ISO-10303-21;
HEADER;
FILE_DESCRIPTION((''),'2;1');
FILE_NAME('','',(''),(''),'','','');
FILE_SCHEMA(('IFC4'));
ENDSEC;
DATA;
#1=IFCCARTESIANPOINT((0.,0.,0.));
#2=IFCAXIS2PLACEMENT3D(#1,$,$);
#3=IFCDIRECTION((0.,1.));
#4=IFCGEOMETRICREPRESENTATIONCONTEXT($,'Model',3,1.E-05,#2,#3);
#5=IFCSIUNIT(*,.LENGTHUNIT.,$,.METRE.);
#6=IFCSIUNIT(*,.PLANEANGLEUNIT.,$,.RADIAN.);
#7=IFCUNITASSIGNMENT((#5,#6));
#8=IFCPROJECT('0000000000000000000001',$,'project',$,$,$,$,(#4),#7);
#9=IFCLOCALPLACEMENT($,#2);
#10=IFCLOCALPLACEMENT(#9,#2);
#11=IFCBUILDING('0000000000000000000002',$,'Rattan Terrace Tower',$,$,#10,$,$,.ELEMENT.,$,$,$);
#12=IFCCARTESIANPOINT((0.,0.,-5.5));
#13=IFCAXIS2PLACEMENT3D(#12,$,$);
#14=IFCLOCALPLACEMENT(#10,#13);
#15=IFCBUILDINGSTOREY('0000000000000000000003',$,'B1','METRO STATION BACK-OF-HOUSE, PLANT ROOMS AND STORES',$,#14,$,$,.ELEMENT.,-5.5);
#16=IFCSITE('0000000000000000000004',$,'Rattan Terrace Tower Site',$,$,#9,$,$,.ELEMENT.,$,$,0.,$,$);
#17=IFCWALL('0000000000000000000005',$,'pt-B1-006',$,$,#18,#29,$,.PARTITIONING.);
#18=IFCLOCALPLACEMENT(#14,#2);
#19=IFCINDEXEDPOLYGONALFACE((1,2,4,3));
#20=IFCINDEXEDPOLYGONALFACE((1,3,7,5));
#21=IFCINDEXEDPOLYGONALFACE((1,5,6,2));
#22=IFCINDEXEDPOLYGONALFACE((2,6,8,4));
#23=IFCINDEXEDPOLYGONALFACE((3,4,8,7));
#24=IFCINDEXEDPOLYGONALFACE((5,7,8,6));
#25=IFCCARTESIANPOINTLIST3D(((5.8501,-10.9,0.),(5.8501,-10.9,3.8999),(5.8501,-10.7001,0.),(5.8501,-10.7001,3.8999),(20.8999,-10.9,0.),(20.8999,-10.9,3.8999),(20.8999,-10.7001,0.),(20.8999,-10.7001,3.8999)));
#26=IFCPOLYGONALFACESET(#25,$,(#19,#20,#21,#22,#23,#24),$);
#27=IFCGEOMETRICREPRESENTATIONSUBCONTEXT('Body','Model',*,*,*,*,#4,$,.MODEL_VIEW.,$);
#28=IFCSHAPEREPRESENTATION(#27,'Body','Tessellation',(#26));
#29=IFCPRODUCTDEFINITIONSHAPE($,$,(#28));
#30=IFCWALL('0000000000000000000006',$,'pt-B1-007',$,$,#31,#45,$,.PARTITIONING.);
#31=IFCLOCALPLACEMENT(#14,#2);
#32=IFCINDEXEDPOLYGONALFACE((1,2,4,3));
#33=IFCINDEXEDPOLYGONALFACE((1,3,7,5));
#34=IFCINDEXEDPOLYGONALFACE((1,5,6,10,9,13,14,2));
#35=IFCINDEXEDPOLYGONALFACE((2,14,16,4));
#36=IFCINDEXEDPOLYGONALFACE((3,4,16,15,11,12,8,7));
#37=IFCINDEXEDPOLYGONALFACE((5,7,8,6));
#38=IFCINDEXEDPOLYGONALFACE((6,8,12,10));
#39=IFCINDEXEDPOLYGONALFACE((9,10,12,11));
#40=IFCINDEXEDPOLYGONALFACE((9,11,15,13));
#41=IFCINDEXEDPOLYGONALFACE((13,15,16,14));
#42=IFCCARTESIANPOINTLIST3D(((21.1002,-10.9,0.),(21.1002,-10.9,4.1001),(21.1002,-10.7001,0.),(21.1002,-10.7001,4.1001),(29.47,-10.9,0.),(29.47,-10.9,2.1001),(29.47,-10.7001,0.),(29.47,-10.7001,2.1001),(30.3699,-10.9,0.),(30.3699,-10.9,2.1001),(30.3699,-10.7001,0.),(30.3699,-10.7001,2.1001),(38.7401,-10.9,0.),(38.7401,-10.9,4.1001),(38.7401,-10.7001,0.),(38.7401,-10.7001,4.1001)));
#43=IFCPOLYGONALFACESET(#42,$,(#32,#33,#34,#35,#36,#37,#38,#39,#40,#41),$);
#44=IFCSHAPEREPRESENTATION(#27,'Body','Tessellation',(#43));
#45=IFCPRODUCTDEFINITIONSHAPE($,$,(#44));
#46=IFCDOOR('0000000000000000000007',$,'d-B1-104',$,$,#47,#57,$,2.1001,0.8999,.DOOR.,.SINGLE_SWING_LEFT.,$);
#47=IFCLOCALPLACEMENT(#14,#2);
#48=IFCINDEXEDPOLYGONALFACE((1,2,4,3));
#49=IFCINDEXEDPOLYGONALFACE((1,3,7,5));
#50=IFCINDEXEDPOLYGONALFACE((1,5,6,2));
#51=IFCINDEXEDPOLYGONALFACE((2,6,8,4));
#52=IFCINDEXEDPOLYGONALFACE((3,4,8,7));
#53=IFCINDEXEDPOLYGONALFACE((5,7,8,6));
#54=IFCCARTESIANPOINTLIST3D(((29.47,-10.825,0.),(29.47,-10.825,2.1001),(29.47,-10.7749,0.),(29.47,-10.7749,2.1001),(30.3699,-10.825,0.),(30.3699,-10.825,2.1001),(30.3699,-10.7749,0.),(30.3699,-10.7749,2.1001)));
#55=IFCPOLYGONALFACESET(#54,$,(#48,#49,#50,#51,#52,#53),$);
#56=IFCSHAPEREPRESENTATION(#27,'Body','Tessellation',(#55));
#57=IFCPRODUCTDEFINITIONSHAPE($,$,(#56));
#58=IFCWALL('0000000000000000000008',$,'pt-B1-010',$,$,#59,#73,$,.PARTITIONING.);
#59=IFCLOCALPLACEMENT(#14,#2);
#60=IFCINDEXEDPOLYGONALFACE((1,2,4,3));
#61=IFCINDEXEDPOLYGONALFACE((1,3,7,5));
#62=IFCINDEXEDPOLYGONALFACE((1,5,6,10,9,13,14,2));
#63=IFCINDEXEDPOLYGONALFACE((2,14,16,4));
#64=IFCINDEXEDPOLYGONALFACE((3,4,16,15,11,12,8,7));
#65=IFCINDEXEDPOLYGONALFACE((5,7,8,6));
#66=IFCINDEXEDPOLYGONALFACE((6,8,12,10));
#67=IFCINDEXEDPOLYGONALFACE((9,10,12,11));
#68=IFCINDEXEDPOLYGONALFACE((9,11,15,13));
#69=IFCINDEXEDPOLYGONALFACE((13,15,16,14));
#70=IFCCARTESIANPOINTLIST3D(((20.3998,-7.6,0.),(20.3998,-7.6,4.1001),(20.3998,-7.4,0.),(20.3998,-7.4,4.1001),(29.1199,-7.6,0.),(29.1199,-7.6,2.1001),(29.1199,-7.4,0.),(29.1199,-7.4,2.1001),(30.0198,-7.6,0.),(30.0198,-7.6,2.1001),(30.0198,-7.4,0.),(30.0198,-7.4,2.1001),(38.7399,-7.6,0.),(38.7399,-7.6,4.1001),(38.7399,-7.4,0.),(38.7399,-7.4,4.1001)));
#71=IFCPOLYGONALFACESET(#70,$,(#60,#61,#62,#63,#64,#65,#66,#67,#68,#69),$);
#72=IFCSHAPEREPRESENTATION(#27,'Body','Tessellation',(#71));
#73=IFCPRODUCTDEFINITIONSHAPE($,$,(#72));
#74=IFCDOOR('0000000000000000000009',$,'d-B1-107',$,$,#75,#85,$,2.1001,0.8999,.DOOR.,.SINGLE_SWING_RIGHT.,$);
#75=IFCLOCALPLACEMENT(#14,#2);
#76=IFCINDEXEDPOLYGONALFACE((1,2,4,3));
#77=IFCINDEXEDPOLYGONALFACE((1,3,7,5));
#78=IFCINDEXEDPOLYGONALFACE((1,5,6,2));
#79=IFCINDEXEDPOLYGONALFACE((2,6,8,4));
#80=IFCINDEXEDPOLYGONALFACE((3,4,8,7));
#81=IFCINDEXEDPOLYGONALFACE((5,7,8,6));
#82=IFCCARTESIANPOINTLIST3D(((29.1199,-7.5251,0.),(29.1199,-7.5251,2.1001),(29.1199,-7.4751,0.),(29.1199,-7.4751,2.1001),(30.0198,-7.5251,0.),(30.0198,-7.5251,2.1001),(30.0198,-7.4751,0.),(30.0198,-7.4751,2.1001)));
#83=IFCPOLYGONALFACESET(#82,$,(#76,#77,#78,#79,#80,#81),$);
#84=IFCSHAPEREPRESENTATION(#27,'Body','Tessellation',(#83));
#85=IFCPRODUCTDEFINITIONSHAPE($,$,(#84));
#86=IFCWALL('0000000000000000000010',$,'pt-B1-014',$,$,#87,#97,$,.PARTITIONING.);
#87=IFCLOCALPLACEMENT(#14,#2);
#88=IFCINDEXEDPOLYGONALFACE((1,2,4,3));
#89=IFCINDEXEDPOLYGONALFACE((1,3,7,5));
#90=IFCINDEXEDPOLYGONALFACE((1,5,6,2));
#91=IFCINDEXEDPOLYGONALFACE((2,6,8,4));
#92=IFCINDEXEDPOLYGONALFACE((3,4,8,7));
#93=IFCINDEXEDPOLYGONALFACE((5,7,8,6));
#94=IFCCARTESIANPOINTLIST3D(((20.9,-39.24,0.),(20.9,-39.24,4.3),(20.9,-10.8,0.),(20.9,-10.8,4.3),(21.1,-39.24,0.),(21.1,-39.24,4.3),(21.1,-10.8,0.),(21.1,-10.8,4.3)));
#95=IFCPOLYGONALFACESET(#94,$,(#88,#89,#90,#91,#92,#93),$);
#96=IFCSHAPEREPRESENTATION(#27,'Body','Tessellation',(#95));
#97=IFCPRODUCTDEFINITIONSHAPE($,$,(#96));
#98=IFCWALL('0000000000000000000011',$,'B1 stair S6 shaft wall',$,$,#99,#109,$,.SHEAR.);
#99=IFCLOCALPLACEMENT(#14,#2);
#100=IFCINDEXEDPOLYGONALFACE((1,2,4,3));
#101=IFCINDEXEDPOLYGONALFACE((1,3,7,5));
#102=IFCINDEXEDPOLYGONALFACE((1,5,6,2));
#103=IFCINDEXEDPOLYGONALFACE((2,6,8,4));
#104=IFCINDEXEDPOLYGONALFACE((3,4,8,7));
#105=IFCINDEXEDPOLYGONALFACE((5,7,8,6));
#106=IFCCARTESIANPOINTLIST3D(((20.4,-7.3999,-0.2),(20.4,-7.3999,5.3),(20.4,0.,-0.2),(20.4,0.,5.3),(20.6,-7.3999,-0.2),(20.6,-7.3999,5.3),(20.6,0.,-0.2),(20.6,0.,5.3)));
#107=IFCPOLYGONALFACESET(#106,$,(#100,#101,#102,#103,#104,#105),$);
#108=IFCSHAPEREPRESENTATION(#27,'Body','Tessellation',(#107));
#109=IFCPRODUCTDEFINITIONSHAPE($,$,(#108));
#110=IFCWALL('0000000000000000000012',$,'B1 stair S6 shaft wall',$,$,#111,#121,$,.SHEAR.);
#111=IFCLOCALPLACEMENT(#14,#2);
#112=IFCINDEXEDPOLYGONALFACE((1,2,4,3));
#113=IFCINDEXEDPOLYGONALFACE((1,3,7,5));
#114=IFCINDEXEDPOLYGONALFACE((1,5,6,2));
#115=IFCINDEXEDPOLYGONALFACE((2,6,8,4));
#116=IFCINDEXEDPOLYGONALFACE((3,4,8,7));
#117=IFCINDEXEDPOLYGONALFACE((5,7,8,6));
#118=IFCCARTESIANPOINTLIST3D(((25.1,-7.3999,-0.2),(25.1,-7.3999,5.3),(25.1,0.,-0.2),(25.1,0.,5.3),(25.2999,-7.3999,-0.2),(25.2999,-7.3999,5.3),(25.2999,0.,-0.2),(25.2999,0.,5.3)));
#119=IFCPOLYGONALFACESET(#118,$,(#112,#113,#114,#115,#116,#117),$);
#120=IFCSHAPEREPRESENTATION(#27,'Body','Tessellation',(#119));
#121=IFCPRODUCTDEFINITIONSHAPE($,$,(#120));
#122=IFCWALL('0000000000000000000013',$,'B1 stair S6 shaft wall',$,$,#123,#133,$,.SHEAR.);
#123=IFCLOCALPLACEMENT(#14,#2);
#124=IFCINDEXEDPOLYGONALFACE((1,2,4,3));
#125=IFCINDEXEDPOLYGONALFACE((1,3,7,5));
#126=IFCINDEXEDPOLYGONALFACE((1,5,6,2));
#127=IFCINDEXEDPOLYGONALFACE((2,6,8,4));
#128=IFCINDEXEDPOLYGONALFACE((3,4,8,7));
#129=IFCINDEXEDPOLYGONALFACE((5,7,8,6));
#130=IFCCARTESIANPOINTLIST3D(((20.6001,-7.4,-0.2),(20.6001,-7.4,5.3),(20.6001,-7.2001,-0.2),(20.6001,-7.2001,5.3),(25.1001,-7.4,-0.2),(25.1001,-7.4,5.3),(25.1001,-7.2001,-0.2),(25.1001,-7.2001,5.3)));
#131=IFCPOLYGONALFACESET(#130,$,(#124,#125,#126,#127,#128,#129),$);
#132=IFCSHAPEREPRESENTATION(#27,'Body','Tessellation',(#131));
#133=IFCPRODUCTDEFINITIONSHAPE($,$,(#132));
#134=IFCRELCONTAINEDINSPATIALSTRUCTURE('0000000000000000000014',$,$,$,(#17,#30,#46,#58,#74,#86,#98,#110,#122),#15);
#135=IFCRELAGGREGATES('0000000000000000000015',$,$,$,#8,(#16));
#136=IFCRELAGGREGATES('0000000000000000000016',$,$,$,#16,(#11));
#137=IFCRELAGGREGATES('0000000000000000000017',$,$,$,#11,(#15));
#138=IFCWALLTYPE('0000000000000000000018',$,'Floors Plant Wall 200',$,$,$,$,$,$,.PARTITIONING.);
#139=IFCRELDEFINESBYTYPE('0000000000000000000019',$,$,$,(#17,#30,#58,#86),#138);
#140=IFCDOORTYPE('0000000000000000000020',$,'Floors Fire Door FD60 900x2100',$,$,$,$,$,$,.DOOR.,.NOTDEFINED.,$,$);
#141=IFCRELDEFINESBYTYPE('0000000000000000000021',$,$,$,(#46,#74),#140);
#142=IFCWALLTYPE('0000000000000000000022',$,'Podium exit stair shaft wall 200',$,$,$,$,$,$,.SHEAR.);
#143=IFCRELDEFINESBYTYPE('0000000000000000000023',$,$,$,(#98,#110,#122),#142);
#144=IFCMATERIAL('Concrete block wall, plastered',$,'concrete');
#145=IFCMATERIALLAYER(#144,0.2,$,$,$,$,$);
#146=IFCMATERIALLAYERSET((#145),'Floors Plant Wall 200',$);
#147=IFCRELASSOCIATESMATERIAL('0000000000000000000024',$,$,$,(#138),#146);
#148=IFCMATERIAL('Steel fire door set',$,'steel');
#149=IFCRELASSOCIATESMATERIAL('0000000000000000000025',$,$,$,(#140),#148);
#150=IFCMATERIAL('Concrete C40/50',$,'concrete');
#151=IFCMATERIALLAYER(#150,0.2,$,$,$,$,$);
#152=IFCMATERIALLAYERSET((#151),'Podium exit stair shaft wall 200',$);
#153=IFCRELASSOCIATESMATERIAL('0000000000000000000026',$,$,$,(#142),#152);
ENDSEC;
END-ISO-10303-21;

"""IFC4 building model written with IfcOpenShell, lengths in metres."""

from ifc_helpers import new_model, si_unit, direction, frame, frame_2d, origin, place, context, subcontext, project, spatial, rectangle, extrude, material, layer, layer_set, type_object, element, fill, save


model = new_model("IFC4")

# Units and contexts
model_context = context("Model", 3, precision=1e-05, world=origin(), true_north=direction((0.0, 1.0)))
body_context = subcontext(model_context, "Body", "Model", "MODEL_VIEW")
ifc_project = project(units=[si_unit("LENGTHUNIT", "METRE"), si_unit("PLANEANGLEUNIT", "RADIAN")], contexts=[model_context])

# Site, building, storey
site_placement = place(None, origin())
site = spatial("IfcSite", under=ifc_project, at=site_placement, Name="Rattan Terrace Tower Site", CompositionType="ELEMENT", RefElevation=0.0)
building_placement = place(site_placement, origin())
building = spatial("IfcBuilding", under=site, at=building_placement, Name="Rattan Terrace Tower", CompositionType="ELEMENT")
storey_placement = place(building_placement, frame((0.0, 0.0, -5.5)))
storey = spatial("IfcBuildingStorey", under=building, at=storey_placement, Name="B1", Description="METRO STATION BACK-OF-HOUSE, PLANT ROOMS AND STORES", CompositionType="ELEMENT", Elevation=-5.5)

# Wall
ifc_material_1 = material(Name="Concrete block wall, plastered", Category="concrete")
ifc_layer_1 = layer(ifc_material_1, 0.2)
ifc_layer_set_1 = layer_set([ifc_layer_1], Name="Floors Plant Wall 200")
wall_type_1 = type_object("IfcWallType", Name="Floors Plant Wall 200", PredefinedType="PARTITIONING", material=ifc_layer_set_1)
wall_1_placement = place(storey_placement, frame((20.8999, -10.8, 0.0), z_axis=(0.0, 0.0, 1.0), x_axis=(-1.0, 0.0, 0.0)))
element("IfcWall", 1, at=wall_1_placement, inside=storey, type_object=wall_type_1, Name="pt-B1-006", PredefinedType="PARTITIONING", context=body_context, shape_type="SweptSolid", body=[
    extrude(rectangle(XDim=15.0498, YDim=0.2, at=frame_2d((7.5249, 0.0))), origin(), (0.0, 0.0, 1.0), 3.8999),
])

# Walls, openings, doors
wall_2_placement = place(storey_placement, frame((38.74, -10.8, 0.0), z_axis=(0.0, 0.0, 1.0), x_axis=(-1.0, 0.0, 0.0)))
wall_2 = element("IfcWall", 2, at=wall_2_placement, inside=storey, type_object=wall_type_1, Name="pt-B1-007", PredefinedType="PARTITIONING", context=body_context, shape_type="SweptSolid", body=[
    extrude(rectangle(XDim=17.6399, YDim=0.2, at=frame_2d((8.8198, 0.0))), origin(), (0.0, 0.0, 1.0), 4.1001),
])
opening_1_placement = place(wall_2_placement, frame((8.3701, 0.0, 0.0)))
opening_1 = element("IfcOpeningElement", 3, at=opening_1_placement, cuts=wall_2, PredefinedType="OPENING", context=body_context, shape_type="SweptSolid", body=[
    extrude(rectangle(XDim=0.8999, YDim=2.1001, at=frame_2d((0.45, 1.05))), frame((0.0, 0.1106, 0.0), z_axis=(0.0, -1.0, 0.0), x_axis=(1.0, 0.0, 0.0)), (0.0, 0.0, 1.0), 0.2209),
])
ifc_material_2 = material(Name="Steel fire door set", Category="steel")
door_type = type_object("IfcDoorType", Name="Floors Fire Door FD60 900x2100", OperationType="NOTDEFINED", PredefinedType="DOOR", material=ifc_material_2)
door_1_placement = place(opening_1_placement, origin())
door_1 = element("IfcDoor", 4, at=door_1_placement, inside=storey, type_object=door_type, Name="d-B1-104", OperationType="SINGLE_SWING_LEFT", OverallHeight=2.1001, OverallWidth=0.8999, PredefinedType="DOOR", context=body_context, shape_type="SweptSolid", body=[
    extrude(rectangle(XDim=0.8999, YDim=2.1001, at=frame_2d((0.45, 1.05))), frame((0.0, 0.0249, 0.0), z_axis=(0.0, -1.0, 0.0), x_axis=(1.0, 0.0, 0.0)), (0.0, 0.0, 1.0), 0.05),
])
fill(opening_1, door_1)
wall_3_placement = place(storey_placement, frame((20.3999, -7.5, 0.0), z_axis=(0.0, 0.0, 1.0), x_axis=(1.0, 0.0, 0.0)))
wall_3 = element("IfcWall", 5, at=wall_3_placement, inside=storey, type_object=wall_type_1, Name="pt-B1-010", PredefinedType="PARTITIONING", context=body_context, shape_type="SweptSolid", body=[
    extrude(rectangle(XDim=18.3401, YDim=0.2, at=frame_2d((9.1699, 0.0))), origin(), (0.0, 0.0, 1.0), 4.1001),
])
opening_2_placement = place(wall_3_placement, frame((8.72, 0.0, 0.0)))
opening_2 = element("IfcOpeningElement", 6, at=opening_2_placement, cuts=wall_3, PredefinedType="OPENING", context=body_context, shape_type="SweptSolid", body=[
    extrude(rectangle(XDim=0.8999, YDim=2.1001, at=frame_2d((0.45, 1.05))), frame((0.0, 0.1106, 0.0), z_axis=(0.0, -1.0, 0.0), x_axis=(1.0, 0.0, 0.0)), (0.0, 0.0, 1.0), 0.2209),
])
door_2_placement = place(opening_2_placement, origin())
door_2 = element("IfcDoor", 7, at=door_2_placement, inside=storey, type_object=door_type, Name="d-B1-107", OperationType="SINGLE_SWING_RIGHT", OverallHeight=2.1001, OverallWidth=0.8999, PredefinedType="DOOR", context=body_context, shape_type="SweptSolid", body=[
    extrude(rectangle(XDim=0.8999, YDim=2.1001, at=frame_2d((0.45, 1.05))), frame((0.0, 0.0249, 0.0), z_axis=(0.0, -1.0, 0.0), x_axis=(1.0, 0.0, 0.0)), (0.0, 0.0, 1.0), 0.05),
])
fill(opening_2, door_2)

# Walls
wall_4_placement = place(storey_placement, frame((21.0, -10.8, 0.0), z_axis=(0.0, 0.0, 1.0), x_axis=(0.0, -1.0, 0.0)))
element("IfcWall", 8, at=wall_4_placement, inside=storey, type_object=wall_type_1, Name="pt-B1-014", PredefinedType="PARTITIONING", context=body_context, shape_type="SweptSolid", body=[
    extrude(rectangle(XDim=28.4399, YDim=0.2, at=frame_2d((14.22, 0.0))), origin(), (0.0, 0.0, 1.0), 4.3),
])
ifc_material_3 = material(Name="Concrete C40/50", Category="concrete")
ifc_layer_2 = layer(ifc_material_3, 0.2)
ifc_layer_set_2 = layer_set([ifc_layer_2], Name="Podium exit stair shaft wall 200")
wall_type_2 = type_object("IfcWallType", Name="Podium exit stair shaft wall 200", PredefinedType="SHEAR", material=ifc_layer_set_2)
for number, where, z_axis, x_axis, name in (
    (9, (20.5, -7.3999, -0.2), (0.0, 0.0, 1.0), (0.0, 1.0, 0.0), "B1 stair S6 shaft wall"),
    (10, (25.2, -7.3999, -0.2), (0.0, 0.0, 1.0), (0.0, 1.0, 0.0), "B1 stair S6 shaft wall"),
):
    element("IfcWall", number, at=place(storey_placement, frame(where, z_axis=z_axis, x_axis=x_axis)), inside=storey, type_object=wall_type_2, Name=name, PredefinedType="SHEAR", context=body_context, shape_type="SweptSolid", body=[
        extrude(rectangle(XDim=7.3999, YDim=0.2, at=frame_2d((3.7, 0.0))), origin(), (0.0, 0.0, 1.0), 5.5),
    ])
wall_5_placement = place(storey_placement, frame((20.6001, -7.3, -0.2), z_axis=(0.0, 0.0, 1.0), x_axis=(1.0, 0.0, 0.0)))
element("IfcWall", 11, at=wall_5_placement, inside=storey, type_object=wall_type_2, Name="B1 stair S6 shaft wall", PredefinedType="SHEAR", context=body_context, shape_type="SweptSolid", body=[
    extrude(rectangle(XDim=4.5, YDim=0.2, at=frame_2d((2.25, 0.0))), origin(), (0.0, 0.0, 1.0), 5.5),
])

save(model, "model.ifc")
